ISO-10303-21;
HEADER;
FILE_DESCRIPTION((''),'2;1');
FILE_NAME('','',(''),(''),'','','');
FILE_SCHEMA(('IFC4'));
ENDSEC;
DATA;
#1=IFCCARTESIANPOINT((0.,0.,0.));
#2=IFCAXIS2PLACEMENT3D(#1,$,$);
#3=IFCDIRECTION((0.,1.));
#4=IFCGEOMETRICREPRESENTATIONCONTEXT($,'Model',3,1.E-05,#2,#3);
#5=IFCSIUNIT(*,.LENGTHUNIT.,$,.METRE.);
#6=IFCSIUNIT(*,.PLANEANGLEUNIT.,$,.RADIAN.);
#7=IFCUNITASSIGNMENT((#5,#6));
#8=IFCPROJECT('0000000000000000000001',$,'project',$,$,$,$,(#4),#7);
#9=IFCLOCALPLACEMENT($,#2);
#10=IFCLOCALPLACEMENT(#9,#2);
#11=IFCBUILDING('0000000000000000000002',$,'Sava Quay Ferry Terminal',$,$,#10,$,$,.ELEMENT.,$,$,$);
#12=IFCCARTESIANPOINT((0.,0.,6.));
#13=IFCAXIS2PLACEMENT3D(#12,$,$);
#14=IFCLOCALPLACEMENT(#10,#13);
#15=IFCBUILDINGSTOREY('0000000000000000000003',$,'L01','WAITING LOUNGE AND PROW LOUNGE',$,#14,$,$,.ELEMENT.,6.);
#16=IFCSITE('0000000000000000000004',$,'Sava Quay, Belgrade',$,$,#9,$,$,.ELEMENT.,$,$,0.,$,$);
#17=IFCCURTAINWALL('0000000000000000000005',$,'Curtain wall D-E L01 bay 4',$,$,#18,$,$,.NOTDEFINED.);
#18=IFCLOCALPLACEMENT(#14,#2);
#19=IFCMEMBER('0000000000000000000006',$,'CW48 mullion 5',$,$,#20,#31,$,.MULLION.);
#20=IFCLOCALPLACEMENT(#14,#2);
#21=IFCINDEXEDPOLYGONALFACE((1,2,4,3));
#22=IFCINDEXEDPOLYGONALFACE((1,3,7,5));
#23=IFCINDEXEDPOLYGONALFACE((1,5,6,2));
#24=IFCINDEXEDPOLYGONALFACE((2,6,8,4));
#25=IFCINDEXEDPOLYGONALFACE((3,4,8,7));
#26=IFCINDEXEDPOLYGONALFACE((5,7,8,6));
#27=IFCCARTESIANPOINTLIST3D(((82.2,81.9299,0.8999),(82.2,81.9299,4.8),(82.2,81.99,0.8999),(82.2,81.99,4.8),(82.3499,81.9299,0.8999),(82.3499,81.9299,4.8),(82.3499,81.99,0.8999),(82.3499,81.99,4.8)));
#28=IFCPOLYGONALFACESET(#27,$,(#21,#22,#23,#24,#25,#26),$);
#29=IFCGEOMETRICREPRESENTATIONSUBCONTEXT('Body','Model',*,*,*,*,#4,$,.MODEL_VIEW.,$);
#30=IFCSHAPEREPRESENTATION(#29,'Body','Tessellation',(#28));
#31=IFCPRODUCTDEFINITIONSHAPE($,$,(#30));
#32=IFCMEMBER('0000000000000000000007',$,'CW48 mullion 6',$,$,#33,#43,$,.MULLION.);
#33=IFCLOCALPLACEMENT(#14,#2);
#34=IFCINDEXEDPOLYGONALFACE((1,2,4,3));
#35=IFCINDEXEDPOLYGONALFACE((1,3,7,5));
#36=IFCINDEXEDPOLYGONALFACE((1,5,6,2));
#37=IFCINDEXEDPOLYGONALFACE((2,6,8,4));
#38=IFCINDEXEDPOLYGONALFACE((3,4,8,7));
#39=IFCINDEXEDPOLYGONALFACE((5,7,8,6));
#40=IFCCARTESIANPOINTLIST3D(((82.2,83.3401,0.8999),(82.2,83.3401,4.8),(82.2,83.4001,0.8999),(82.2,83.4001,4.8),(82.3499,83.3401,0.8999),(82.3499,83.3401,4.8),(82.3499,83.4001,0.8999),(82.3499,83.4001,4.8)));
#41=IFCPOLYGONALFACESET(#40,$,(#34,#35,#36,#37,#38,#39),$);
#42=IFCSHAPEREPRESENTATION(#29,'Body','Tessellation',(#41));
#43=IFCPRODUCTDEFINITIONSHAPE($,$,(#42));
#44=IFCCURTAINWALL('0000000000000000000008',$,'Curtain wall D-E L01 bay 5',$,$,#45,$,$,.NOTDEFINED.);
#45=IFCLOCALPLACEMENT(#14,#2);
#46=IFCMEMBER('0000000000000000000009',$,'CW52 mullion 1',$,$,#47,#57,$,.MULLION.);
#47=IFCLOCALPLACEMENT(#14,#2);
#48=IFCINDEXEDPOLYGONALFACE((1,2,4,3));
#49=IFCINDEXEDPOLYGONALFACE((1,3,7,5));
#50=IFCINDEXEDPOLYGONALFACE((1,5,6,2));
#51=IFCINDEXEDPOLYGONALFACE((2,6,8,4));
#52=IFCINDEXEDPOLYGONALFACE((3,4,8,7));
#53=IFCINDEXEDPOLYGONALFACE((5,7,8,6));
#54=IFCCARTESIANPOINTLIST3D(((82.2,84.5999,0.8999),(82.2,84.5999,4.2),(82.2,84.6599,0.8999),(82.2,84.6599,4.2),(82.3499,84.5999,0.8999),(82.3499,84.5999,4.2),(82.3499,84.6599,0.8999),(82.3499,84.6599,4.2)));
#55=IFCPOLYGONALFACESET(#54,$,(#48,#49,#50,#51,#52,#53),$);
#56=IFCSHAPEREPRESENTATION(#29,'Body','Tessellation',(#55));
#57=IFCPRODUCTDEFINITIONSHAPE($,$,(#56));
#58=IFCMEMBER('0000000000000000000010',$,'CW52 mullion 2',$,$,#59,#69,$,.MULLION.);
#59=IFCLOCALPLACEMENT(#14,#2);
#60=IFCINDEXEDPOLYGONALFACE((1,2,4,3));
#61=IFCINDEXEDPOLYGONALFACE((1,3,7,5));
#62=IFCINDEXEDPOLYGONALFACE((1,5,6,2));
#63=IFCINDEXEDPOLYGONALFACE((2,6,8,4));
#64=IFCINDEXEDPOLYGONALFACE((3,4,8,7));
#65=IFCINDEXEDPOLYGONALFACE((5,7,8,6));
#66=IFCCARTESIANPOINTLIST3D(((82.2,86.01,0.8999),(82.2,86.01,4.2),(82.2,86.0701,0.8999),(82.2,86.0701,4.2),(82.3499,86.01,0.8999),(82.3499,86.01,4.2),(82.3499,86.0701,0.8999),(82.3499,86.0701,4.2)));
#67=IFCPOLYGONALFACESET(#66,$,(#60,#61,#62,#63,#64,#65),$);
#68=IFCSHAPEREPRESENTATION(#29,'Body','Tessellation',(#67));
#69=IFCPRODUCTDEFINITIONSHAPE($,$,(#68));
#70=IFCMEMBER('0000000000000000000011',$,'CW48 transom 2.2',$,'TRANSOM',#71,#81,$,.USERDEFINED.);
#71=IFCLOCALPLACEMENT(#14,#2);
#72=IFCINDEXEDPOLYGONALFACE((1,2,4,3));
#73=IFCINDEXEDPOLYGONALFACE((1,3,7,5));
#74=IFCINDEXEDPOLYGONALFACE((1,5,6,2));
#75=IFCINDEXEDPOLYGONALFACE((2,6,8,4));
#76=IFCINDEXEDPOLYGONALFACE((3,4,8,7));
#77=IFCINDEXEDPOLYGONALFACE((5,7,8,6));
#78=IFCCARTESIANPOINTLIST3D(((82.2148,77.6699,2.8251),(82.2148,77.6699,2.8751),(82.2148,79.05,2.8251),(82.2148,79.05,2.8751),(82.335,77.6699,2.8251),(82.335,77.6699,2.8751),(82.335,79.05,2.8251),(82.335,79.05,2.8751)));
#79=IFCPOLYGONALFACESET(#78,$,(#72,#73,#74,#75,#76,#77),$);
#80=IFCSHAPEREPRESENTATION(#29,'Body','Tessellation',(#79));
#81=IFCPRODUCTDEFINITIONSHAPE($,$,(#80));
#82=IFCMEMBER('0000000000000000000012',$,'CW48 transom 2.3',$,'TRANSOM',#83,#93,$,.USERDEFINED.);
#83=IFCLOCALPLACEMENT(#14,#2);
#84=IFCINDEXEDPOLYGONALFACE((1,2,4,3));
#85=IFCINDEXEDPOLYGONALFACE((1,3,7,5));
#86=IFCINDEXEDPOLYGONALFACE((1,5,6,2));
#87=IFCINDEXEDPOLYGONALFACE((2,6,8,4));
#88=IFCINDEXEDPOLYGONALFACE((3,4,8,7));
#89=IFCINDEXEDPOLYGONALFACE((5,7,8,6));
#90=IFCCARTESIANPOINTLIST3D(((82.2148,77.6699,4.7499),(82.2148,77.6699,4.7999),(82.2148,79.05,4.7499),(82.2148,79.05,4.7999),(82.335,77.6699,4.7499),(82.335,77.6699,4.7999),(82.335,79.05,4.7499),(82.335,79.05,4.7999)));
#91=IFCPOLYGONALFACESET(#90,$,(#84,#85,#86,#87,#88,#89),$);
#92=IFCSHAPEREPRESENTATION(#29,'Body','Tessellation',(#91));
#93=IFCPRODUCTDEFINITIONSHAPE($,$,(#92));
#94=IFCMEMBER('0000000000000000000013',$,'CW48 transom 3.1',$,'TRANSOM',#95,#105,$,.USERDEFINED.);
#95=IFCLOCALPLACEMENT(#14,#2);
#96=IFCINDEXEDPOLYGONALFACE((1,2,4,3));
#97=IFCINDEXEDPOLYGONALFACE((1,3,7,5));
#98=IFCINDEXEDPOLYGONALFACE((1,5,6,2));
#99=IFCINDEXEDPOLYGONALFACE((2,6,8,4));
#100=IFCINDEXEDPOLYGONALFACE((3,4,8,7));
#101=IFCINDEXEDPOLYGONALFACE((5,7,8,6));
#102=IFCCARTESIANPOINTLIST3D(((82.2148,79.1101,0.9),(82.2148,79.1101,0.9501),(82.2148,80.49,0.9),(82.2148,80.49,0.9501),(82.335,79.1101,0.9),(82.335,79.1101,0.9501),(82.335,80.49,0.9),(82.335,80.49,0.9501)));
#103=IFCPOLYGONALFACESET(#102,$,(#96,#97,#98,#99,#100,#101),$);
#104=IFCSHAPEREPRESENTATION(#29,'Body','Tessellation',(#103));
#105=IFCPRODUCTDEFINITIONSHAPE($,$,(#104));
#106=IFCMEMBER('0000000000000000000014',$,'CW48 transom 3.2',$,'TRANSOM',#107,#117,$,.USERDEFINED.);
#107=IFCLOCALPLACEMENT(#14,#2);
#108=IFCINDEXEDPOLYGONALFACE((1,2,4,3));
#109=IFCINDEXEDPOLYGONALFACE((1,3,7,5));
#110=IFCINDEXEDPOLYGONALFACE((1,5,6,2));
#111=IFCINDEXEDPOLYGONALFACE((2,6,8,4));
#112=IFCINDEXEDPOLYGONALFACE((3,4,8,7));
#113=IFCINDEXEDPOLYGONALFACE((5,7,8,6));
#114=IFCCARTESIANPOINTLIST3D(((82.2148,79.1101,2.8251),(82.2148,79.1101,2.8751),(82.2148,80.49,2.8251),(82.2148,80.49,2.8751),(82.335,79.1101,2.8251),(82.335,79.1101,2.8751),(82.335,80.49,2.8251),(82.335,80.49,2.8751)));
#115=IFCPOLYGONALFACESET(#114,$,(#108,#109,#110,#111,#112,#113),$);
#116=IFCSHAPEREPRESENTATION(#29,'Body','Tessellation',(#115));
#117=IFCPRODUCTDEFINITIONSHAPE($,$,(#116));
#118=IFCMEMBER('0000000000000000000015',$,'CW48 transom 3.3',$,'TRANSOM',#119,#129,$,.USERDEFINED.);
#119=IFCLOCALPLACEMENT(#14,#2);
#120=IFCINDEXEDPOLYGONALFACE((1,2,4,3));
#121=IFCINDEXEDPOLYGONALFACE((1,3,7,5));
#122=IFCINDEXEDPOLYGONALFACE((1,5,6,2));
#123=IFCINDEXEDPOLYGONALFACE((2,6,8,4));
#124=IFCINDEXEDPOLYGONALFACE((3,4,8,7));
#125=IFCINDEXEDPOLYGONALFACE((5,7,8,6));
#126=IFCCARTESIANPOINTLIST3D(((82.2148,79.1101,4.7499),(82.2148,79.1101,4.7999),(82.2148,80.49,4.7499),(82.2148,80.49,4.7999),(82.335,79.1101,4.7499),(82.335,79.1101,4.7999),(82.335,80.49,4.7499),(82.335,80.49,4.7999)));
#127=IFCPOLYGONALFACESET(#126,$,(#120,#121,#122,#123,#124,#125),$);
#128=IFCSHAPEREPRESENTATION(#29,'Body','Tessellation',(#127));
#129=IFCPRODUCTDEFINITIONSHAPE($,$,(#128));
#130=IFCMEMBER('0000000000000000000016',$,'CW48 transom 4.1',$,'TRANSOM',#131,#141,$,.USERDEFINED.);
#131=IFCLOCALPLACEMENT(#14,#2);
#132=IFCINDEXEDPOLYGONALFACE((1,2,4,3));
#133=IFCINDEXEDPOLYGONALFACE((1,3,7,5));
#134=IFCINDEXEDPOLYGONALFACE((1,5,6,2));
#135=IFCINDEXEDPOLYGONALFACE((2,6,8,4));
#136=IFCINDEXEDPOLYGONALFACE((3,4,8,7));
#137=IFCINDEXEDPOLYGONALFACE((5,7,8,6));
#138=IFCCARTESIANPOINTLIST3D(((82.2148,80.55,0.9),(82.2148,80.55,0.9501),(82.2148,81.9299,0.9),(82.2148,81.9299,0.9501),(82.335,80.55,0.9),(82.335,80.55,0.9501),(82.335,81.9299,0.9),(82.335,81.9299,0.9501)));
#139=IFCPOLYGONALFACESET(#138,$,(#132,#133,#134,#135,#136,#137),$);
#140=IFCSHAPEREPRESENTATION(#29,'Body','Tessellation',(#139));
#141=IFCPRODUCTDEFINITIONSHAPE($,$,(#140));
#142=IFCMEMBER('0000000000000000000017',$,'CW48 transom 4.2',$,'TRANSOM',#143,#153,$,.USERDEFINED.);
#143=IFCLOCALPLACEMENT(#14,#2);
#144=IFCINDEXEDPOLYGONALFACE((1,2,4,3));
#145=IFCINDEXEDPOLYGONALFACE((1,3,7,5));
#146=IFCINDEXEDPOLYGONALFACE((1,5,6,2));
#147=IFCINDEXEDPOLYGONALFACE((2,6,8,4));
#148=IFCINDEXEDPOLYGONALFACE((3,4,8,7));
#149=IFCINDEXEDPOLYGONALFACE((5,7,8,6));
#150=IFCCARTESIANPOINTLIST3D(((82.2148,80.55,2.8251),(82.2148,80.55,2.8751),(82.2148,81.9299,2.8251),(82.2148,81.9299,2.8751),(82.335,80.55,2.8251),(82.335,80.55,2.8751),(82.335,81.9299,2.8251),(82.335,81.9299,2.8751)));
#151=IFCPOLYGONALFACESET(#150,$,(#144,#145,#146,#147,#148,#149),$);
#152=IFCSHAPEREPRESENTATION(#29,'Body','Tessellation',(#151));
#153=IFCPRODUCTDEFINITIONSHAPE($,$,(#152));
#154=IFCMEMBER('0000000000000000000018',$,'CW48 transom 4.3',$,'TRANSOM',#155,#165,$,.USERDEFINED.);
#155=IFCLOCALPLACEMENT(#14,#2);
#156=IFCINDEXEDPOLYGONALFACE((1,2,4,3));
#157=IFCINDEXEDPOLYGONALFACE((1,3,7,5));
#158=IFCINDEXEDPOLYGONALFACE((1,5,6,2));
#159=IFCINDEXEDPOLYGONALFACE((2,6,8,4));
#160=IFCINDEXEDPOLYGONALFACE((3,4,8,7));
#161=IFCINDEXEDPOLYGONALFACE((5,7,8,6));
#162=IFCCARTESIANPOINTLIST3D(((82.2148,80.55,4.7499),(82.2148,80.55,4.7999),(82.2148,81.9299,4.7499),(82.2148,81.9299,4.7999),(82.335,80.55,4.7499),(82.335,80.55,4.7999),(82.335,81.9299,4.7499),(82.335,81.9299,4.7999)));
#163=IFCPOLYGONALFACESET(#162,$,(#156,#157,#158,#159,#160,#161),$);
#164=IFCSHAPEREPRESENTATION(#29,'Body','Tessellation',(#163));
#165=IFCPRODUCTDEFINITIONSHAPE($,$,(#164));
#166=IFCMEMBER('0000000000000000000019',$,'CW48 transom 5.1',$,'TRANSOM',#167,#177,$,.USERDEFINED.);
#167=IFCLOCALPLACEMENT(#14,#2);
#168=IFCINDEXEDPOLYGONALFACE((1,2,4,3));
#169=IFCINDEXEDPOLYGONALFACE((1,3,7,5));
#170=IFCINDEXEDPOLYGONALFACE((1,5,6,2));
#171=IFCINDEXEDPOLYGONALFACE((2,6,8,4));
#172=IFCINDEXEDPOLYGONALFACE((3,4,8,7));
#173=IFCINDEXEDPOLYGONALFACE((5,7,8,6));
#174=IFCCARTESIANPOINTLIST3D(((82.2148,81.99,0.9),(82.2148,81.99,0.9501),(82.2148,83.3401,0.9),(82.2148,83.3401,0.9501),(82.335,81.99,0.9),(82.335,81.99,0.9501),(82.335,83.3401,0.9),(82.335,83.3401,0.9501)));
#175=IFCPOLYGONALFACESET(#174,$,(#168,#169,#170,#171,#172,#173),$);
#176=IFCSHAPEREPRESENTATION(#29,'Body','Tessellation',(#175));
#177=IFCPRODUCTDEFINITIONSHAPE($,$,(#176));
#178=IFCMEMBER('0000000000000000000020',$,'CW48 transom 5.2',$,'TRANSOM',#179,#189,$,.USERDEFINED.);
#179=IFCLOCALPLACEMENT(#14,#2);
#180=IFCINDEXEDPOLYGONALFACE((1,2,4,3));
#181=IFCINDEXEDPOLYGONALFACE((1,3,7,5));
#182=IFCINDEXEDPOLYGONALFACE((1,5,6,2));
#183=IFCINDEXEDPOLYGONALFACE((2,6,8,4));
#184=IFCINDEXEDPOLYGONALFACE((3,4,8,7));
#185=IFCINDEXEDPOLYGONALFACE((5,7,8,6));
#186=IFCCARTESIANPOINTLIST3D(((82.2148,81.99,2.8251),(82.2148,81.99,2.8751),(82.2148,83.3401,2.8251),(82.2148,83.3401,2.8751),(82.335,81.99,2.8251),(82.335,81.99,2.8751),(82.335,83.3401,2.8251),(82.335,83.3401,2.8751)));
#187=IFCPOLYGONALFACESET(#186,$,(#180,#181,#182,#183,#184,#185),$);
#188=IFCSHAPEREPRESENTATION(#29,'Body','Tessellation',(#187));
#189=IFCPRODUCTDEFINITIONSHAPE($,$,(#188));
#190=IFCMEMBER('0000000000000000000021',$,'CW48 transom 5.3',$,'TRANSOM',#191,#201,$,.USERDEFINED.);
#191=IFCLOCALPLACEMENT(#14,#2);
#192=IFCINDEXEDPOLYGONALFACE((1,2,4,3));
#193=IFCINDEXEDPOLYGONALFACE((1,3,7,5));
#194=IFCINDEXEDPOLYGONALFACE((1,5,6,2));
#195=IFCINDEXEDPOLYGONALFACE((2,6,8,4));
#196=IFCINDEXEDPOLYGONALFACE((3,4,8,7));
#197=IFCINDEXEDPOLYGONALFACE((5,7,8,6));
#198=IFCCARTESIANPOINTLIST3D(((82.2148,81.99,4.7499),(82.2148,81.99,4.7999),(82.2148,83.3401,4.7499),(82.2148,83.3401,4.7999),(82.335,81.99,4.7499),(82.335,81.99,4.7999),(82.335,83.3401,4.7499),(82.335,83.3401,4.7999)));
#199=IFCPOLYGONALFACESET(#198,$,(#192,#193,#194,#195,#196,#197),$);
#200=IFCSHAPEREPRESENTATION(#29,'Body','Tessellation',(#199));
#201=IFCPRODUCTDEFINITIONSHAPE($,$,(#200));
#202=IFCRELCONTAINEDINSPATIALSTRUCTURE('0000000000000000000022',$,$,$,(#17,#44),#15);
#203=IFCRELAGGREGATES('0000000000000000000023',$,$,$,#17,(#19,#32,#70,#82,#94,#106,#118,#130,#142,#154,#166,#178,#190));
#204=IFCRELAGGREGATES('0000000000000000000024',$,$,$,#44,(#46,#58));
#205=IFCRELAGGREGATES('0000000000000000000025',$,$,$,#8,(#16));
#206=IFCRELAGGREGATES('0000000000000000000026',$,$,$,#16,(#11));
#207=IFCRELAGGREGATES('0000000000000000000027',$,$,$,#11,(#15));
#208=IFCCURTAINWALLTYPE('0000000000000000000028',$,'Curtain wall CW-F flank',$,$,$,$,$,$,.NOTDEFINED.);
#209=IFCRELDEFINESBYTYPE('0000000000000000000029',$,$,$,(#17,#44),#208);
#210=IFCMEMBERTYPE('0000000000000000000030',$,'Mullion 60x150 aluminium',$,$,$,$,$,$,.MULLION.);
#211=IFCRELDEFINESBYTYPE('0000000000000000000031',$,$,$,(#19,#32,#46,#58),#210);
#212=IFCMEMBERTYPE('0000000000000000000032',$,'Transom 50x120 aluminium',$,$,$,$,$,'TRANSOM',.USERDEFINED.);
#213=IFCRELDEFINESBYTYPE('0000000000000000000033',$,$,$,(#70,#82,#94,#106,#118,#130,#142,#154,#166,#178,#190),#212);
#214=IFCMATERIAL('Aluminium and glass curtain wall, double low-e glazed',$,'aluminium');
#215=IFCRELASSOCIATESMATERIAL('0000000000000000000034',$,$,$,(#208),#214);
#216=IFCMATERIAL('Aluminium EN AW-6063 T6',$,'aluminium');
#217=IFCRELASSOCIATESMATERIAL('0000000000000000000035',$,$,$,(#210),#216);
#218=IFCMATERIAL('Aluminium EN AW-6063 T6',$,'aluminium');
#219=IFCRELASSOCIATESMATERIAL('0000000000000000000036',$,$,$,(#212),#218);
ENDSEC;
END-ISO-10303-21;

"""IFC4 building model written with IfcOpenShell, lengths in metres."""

from ifc_helpers import new_model, si_unit, direction, frame, origin, origin_2d, place, context, subcontext, project, spatial, rectangle, extrude, material, material_profile, profile_set, type_object, element, aggregate, save


model = new_model("IFC4")

# Units and contexts
model_context = context("Model", 3, precision=1e-05, world=origin(), true_north=direction((0.0, 1.0)))
body_context = subcontext(model_context, "Body", "Model", "MODEL_VIEW")
ifc_project = project(units=[si_unit("LENGTHUNIT", "METRE"), si_unit("PLANEANGLEUNIT", "RADIAN")], contexts=[model_context])

# Site, building, storey
site_placement = place(None, origin())
site = spatial("IfcSite", under=ifc_project, at=site_placement, Name="Sava Quay, Belgrade", CompositionType="ELEMENT", RefElevation=0.0)
building_placement = place(site_placement, origin())
building = spatial("IfcBuilding", under=site, at=building_placement, Name="Sava Quay Ferry Terminal", CompositionType="ELEMENT")
storey_placement = place(building_placement, frame((0.0, 0.0, 6.0)))
storey = spatial("IfcBuildingStorey", under=building, at=storey_placement, Name="L01", Description="WAITING LOUNGE AND PROW LOUNGE", CompositionType="ELEMENT", Elevation=6.0)

# Curtain walls, members
ifc_material_1 = material(Name="Aluminium and glass curtain wall, double low-e glazed", Category="aluminium")
curtain_wall_type = type_object("IfcCurtainWallType", Name="Curtain wall CW-F flank", PredefinedType="NOTDEFINED", material=ifc_material_1)
curtain_wall_1_placement = place(storey_placement, origin())
curtain_wall_1 = element("IfcCurtainWall", 1, at=curtain_wall_1_placement, inside=storey, type_object=curtain_wall_type, Name="Curtain wall D-E L01 bay 4", PredefinedType="NOTDEFINED")
ifc_material_2 = material(Name="Aluminium EN AW-6063 T6", Category="aluminium")
ifc_material_profile_1 = material_profile(ifc_material_2, rectangle(XDim=0.1499, YDim=0.0601, at=origin_2d()), Name="Mullion 60x150 aluminium")
ifc_profile_set_1 = profile_set([ifc_material_profile_1], Name="Aluminium EN AW-6063 T6")
member_type_1 = type_object("IfcMemberType", Name="Mullion 60x150 aluminium", PredefinedType="MULLION", material=ifc_profile_set_1)
member_1_placement = place(storey_placement, frame((82.2749, 81.96, 0.8999), z_axis=(0.0, 0.0, 1.0), x_axis=(-1.0, 0.0, 0.0)))
member_1 = element("IfcMember", 2, at=member_1_placement, type_object=member_type_1, Name="CW48 mullion 5", PredefinedType="MULLION", context=body_context, shape_type="SweptSolid", body=[
    extrude(rectangle(XDim=0.1499, YDim=0.0601, at=origin_2d()), origin(), (0.0, 0.0, 1.0), 3.9001),
])
member_2_placement = place(storey_placement, frame((82.2749, 83.3701, 0.8999), z_axis=(0.0, 0.0, 1.0), x_axis=(-1.0, 0.0, 0.0)))
member_2 = element("IfcMember", 3, at=member_2_placement, type_object=member_type_1, Name="CW48 mullion 6", PredefinedType="MULLION", context=body_context, shape_type="SweptSolid", body=[
    extrude(rectangle(XDim=0.1499, YDim=0.0601, at=origin_2d()), origin(), (0.0, 0.0, 1.0), 3.9001),
])
curtain_wall_2_placement = place(storey_placement, origin())
curtain_wall_2 = element("IfcCurtainWall", 4, at=curtain_wall_2_placement, inside=storey, type_object=curtain_wall_type, Name="Curtain wall D-E L01 bay 5", PredefinedType="NOTDEFINED")
member_3_placement = place(storey_placement, frame((82.2749, 84.6299, 0.8999), z_axis=(0.0, 0.0, 1.0), x_axis=(-1.0, 0.0, 0.0)))
member_3 = element("IfcMember", 5, at=member_3_placement, type_object=member_type_1, Name="CW52 mullion 1", PredefinedType="MULLION", context=body_context, shape_type="SweptSolid", body=[
    extrude(rectangle(XDim=0.1499, YDim=0.0601, at=origin_2d()), origin(), (0.0, 0.0, 1.0), 3.3),
])
member_4_placement = place(storey_placement, frame((82.2749, 86.04, 0.8999), z_axis=(0.0, 0.0, 1.0), x_axis=(-1.0, 0.0, 0.0)))
member_4 = element("IfcMember", 6, at=member_4_placement, type_object=member_type_1, Name="CW52 mullion 2", PredefinedType="MULLION", context=body_context, shape_type="SweptSolid", body=[
    extrude(rectangle(XDim=0.1499, YDim=0.0601, at=origin_2d()), origin(), (0.0, 0.0, 1.0), 3.3),
])

# Members
ifc_material_3 = material(Name="Aluminium EN AW-6063 T6", Category="aluminium")
ifc_material_profile_2 = material_profile(ifc_material_3, rectangle(XDim=0.1201, YDim=0.05, at=origin_2d()), Name="Transom 50x120 aluminium")
ifc_profile_set_2 = profile_set([ifc_material_profile_2], Name="Aluminium EN AW-6063 T6")
member_type_2 = type_object("IfcMemberType", Name="Transom 50x120 aluminium", ElementType="TRANSOM", PredefinedType="USERDEFINED", material=ifc_profile_set_2)
member_5_placement = place(storey_placement, frame((82.2749, 77.6699, 2.8501), z_axis=(0.0, 1.0, 0.0), x_axis=(-1.0, 0.0, 0.0)))
member_5 = element("IfcMember", 7, at=member_5_placement, type_object=member_type_2, Name="CW48 transom 2.2", ObjectType="TRANSOM", PredefinedType="USERDEFINED", context=body_context, shape_type="SweptSolid", body=[
    extrude(rectangle(XDim=0.1201, YDim=0.05, at=origin_2d()), origin(), (0.0, 0.0, 1.0), 1.3801),
])
member_6_placement = place(storey_placement, frame((82.2749, 77.6699, 4.7749), z_axis=(0.0, 1.0, 0.0), x_axis=(-1.0, 0.0, 0.0)))
member_6 = element("IfcMember", 8, at=member_6_placement, type_object=member_type_2, Name="CW48 transom 2.3", ObjectType="TRANSOM", PredefinedType="USERDEFINED", context=body_context, shape_type="SweptSolid", body=[
    extrude(rectangle(XDim=0.1201, YDim=0.05, at=origin_2d()), origin(), (0.0, 0.0, 1.0), 1.3801),
])
member_7_placement = place(storey_placement, frame((82.2749, 79.1101, 0.925), z_axis=(0.0, 1.0, 0.0), x_axis=(-1.0, 0.0, 0.0)))
member_7 = element("IfcMember", 9, at=member_7_placement, type_object=member_type_2, Name="CW48 transom 3.1", ObjectType="TRANSOM", PredefinedType="USERDEFINED", context=body_context, shape_type="SweptSolid", body=[
    extrude(rectangle(XDim=0.1201, YDim=0.05, at=origin_2d()), origin(), (0.0, 0.0, 1.0), 1.3799),
])
member_8_placement = place(storey_placement, frame((82.2749, 79.1101, 2.8501), z_axis=(0.0, 1.0, 0.0), x_axis=(-1.0, 0.0, 0.0)))
member_8 = element("IfcMember", 10, at=member_8_placement, type_object=member_type_2, Name="CW48 transom 3.2", ObjectType="TRANSOM", PredefinedType="USERDEFINED", context=body_context, shape_type="SweptSolid", body=[
    extrude(rectangle(XDim=0.1201, YDim=0.05, at=origin_2d()), origin(), (0.0, 0.0, 1.0), 1.3799),
])
member_9_placement = place(storey_placement, frame((82.2749, 79.1101, 4.7749), z_axis=(0.0, 1.0, 0.0), x_axis=(-1.0, 0.0, 0.0)))
member_9 = element("IfcMember", 11, at=member_9_placement, type_object=member_type_2, Name="CW48 transom 3.3", ObjectType="TRANSOM", PredefinedType="USERDEFINED", context=body_context, shape_type="SweptSolid", body=[
    extrude(rectangle(XDim=0.1201, YDim=0.05, at=origin_2d()), origin(), (0.0, 0.0, 1.0), 1.3799),
])
member_10_placement = place(storey_placement, frame((82.2749, 80.55, 0.925), z_axis=(0.0, 1.0, 0.0), x_axis=(-1.0, 0.0, 0.0)))
member_10 = element("IfcMember", 12, at=member_10_placement, type_object=member_type_2, Name="CW48 transom 4.1", ObjectType="TRANSOM", PredefinedType="USERDEFINED", context=body_context, shape_type="SweptSolid", body=[
    extrude(rectangle(XDim=0.1201, YDim=0.05, at=origin_2d()), origin(), (0.0, 0.0, 1.0), 1.3799),
])
member_11_placement = place(storey_placement, frame((82.2749, 80.55, 2.8501), z_axis=(0.0, 1.0, 0.0), x_axis=(-1.0, 0.0, 0.0)))
member_11 = element("IfcMember", 13, at=member_11_placement, type_object=member_type_2, Name="CW48 transom 4.2", ObjectType="TRANSOM", PredefinedType="USERDEFINED", context=body_context, shape_type="SweptSolid", body=[
    extrude(rectangle(XDim=0.1201, YDim=0.05, at=origin_2d()), origin(), (0.0, 0.0, 1.0), 1.3799),
])
member_12_placement = place(storey_placement, frame((82.2749, 80.55, 4.7749), z_axis=(0.0, 1.0, 0.0), x_axis=(-1.0, 0.0, 0.0)))
member_12 = element("IfcMember", 14, at=member_12_placement, type_object=member_type_2, Name="CW48 transom 4.3", ObjectType="TRANSOM", PredefinedType="USERDEFINED", context=body_context, shape_type="SweptSolid", body=[
    extrude(rectangle(XDim=0.1201, YDim=0.05, at=origin_2d()), origin(), (0.0, 0.0, 1.0), 1.3799),
])
member_13_placement = place(storey_placement, frame((82.2749, 81.99, 0.925), z_axis=(0.0, 1.0, 0.0), x_axis=(-1.0, 0.0, 0.0)))
member_13 = element("IfcMember", 15, at=member_13_placement, type_object=member_type_2, Name="CW48 transom 5.1", ObjectType="TRANSOM", PredefinedType="USERDEFINED", context=body_context, shape_type="SweptSolid", body=[
    extrude(rectangle(XDim=0.1201, YDim=0.05, at=origin_2d()), origin(), (0.0, 0.0, 1.0), 1.3501),
])
member_14_placement = place(storey_placement, frame((82.2749, 81.99, 2.8501), z_axis=(0.0, 1.0, 0.0), x_axis=(-1.0, 0.0, 0.0)))
member_14 = element("IfcMember", 16, at=member_14_placement, type_object=member_type_2, Name="CW48 transom 5.2", ObjectType="TRANSOM", PredefinedType="USERDEFINED", context=body_context, shape_type="SweptSolid", body=[
    extrude(rectangle(XDim=0.1201, YDim=0.05, at=origin_2d()), origin(), (0.0, 0.0, 1.0), 1.3501),
])
member_15_placement = place(storey_placement, frame((82.2749, 81.99, 4.7749), z_axis=(0.0, 1.0, 0.0), x_axis=(-1.0, 0.0, 0.0)))
member_15 = element("IfcMember", 17, at=member_15_placement, type_object=member_type_2, Name="CW48 transom 5.3", ObjectType="TRANSOM", PredefinedType="USERDEFINED", context=body_context, shape_type="SweptSolid", body=[
    extrude(rectangle(XDim=0.1201, YDim=0.05, at=origin_2d()), origin(), (0.0, 0.0, 1.0), 1.3501),
])

aggregate(curtain_wall_1, [member_1, member_2, member_5, member_6, member_7, member_8, member_9, member_10, member_11, member_12, member_13, member_14, member_15])
aggregate(curtain_wall_2, [member_3, member_4])

save(model, "model.ifc")
